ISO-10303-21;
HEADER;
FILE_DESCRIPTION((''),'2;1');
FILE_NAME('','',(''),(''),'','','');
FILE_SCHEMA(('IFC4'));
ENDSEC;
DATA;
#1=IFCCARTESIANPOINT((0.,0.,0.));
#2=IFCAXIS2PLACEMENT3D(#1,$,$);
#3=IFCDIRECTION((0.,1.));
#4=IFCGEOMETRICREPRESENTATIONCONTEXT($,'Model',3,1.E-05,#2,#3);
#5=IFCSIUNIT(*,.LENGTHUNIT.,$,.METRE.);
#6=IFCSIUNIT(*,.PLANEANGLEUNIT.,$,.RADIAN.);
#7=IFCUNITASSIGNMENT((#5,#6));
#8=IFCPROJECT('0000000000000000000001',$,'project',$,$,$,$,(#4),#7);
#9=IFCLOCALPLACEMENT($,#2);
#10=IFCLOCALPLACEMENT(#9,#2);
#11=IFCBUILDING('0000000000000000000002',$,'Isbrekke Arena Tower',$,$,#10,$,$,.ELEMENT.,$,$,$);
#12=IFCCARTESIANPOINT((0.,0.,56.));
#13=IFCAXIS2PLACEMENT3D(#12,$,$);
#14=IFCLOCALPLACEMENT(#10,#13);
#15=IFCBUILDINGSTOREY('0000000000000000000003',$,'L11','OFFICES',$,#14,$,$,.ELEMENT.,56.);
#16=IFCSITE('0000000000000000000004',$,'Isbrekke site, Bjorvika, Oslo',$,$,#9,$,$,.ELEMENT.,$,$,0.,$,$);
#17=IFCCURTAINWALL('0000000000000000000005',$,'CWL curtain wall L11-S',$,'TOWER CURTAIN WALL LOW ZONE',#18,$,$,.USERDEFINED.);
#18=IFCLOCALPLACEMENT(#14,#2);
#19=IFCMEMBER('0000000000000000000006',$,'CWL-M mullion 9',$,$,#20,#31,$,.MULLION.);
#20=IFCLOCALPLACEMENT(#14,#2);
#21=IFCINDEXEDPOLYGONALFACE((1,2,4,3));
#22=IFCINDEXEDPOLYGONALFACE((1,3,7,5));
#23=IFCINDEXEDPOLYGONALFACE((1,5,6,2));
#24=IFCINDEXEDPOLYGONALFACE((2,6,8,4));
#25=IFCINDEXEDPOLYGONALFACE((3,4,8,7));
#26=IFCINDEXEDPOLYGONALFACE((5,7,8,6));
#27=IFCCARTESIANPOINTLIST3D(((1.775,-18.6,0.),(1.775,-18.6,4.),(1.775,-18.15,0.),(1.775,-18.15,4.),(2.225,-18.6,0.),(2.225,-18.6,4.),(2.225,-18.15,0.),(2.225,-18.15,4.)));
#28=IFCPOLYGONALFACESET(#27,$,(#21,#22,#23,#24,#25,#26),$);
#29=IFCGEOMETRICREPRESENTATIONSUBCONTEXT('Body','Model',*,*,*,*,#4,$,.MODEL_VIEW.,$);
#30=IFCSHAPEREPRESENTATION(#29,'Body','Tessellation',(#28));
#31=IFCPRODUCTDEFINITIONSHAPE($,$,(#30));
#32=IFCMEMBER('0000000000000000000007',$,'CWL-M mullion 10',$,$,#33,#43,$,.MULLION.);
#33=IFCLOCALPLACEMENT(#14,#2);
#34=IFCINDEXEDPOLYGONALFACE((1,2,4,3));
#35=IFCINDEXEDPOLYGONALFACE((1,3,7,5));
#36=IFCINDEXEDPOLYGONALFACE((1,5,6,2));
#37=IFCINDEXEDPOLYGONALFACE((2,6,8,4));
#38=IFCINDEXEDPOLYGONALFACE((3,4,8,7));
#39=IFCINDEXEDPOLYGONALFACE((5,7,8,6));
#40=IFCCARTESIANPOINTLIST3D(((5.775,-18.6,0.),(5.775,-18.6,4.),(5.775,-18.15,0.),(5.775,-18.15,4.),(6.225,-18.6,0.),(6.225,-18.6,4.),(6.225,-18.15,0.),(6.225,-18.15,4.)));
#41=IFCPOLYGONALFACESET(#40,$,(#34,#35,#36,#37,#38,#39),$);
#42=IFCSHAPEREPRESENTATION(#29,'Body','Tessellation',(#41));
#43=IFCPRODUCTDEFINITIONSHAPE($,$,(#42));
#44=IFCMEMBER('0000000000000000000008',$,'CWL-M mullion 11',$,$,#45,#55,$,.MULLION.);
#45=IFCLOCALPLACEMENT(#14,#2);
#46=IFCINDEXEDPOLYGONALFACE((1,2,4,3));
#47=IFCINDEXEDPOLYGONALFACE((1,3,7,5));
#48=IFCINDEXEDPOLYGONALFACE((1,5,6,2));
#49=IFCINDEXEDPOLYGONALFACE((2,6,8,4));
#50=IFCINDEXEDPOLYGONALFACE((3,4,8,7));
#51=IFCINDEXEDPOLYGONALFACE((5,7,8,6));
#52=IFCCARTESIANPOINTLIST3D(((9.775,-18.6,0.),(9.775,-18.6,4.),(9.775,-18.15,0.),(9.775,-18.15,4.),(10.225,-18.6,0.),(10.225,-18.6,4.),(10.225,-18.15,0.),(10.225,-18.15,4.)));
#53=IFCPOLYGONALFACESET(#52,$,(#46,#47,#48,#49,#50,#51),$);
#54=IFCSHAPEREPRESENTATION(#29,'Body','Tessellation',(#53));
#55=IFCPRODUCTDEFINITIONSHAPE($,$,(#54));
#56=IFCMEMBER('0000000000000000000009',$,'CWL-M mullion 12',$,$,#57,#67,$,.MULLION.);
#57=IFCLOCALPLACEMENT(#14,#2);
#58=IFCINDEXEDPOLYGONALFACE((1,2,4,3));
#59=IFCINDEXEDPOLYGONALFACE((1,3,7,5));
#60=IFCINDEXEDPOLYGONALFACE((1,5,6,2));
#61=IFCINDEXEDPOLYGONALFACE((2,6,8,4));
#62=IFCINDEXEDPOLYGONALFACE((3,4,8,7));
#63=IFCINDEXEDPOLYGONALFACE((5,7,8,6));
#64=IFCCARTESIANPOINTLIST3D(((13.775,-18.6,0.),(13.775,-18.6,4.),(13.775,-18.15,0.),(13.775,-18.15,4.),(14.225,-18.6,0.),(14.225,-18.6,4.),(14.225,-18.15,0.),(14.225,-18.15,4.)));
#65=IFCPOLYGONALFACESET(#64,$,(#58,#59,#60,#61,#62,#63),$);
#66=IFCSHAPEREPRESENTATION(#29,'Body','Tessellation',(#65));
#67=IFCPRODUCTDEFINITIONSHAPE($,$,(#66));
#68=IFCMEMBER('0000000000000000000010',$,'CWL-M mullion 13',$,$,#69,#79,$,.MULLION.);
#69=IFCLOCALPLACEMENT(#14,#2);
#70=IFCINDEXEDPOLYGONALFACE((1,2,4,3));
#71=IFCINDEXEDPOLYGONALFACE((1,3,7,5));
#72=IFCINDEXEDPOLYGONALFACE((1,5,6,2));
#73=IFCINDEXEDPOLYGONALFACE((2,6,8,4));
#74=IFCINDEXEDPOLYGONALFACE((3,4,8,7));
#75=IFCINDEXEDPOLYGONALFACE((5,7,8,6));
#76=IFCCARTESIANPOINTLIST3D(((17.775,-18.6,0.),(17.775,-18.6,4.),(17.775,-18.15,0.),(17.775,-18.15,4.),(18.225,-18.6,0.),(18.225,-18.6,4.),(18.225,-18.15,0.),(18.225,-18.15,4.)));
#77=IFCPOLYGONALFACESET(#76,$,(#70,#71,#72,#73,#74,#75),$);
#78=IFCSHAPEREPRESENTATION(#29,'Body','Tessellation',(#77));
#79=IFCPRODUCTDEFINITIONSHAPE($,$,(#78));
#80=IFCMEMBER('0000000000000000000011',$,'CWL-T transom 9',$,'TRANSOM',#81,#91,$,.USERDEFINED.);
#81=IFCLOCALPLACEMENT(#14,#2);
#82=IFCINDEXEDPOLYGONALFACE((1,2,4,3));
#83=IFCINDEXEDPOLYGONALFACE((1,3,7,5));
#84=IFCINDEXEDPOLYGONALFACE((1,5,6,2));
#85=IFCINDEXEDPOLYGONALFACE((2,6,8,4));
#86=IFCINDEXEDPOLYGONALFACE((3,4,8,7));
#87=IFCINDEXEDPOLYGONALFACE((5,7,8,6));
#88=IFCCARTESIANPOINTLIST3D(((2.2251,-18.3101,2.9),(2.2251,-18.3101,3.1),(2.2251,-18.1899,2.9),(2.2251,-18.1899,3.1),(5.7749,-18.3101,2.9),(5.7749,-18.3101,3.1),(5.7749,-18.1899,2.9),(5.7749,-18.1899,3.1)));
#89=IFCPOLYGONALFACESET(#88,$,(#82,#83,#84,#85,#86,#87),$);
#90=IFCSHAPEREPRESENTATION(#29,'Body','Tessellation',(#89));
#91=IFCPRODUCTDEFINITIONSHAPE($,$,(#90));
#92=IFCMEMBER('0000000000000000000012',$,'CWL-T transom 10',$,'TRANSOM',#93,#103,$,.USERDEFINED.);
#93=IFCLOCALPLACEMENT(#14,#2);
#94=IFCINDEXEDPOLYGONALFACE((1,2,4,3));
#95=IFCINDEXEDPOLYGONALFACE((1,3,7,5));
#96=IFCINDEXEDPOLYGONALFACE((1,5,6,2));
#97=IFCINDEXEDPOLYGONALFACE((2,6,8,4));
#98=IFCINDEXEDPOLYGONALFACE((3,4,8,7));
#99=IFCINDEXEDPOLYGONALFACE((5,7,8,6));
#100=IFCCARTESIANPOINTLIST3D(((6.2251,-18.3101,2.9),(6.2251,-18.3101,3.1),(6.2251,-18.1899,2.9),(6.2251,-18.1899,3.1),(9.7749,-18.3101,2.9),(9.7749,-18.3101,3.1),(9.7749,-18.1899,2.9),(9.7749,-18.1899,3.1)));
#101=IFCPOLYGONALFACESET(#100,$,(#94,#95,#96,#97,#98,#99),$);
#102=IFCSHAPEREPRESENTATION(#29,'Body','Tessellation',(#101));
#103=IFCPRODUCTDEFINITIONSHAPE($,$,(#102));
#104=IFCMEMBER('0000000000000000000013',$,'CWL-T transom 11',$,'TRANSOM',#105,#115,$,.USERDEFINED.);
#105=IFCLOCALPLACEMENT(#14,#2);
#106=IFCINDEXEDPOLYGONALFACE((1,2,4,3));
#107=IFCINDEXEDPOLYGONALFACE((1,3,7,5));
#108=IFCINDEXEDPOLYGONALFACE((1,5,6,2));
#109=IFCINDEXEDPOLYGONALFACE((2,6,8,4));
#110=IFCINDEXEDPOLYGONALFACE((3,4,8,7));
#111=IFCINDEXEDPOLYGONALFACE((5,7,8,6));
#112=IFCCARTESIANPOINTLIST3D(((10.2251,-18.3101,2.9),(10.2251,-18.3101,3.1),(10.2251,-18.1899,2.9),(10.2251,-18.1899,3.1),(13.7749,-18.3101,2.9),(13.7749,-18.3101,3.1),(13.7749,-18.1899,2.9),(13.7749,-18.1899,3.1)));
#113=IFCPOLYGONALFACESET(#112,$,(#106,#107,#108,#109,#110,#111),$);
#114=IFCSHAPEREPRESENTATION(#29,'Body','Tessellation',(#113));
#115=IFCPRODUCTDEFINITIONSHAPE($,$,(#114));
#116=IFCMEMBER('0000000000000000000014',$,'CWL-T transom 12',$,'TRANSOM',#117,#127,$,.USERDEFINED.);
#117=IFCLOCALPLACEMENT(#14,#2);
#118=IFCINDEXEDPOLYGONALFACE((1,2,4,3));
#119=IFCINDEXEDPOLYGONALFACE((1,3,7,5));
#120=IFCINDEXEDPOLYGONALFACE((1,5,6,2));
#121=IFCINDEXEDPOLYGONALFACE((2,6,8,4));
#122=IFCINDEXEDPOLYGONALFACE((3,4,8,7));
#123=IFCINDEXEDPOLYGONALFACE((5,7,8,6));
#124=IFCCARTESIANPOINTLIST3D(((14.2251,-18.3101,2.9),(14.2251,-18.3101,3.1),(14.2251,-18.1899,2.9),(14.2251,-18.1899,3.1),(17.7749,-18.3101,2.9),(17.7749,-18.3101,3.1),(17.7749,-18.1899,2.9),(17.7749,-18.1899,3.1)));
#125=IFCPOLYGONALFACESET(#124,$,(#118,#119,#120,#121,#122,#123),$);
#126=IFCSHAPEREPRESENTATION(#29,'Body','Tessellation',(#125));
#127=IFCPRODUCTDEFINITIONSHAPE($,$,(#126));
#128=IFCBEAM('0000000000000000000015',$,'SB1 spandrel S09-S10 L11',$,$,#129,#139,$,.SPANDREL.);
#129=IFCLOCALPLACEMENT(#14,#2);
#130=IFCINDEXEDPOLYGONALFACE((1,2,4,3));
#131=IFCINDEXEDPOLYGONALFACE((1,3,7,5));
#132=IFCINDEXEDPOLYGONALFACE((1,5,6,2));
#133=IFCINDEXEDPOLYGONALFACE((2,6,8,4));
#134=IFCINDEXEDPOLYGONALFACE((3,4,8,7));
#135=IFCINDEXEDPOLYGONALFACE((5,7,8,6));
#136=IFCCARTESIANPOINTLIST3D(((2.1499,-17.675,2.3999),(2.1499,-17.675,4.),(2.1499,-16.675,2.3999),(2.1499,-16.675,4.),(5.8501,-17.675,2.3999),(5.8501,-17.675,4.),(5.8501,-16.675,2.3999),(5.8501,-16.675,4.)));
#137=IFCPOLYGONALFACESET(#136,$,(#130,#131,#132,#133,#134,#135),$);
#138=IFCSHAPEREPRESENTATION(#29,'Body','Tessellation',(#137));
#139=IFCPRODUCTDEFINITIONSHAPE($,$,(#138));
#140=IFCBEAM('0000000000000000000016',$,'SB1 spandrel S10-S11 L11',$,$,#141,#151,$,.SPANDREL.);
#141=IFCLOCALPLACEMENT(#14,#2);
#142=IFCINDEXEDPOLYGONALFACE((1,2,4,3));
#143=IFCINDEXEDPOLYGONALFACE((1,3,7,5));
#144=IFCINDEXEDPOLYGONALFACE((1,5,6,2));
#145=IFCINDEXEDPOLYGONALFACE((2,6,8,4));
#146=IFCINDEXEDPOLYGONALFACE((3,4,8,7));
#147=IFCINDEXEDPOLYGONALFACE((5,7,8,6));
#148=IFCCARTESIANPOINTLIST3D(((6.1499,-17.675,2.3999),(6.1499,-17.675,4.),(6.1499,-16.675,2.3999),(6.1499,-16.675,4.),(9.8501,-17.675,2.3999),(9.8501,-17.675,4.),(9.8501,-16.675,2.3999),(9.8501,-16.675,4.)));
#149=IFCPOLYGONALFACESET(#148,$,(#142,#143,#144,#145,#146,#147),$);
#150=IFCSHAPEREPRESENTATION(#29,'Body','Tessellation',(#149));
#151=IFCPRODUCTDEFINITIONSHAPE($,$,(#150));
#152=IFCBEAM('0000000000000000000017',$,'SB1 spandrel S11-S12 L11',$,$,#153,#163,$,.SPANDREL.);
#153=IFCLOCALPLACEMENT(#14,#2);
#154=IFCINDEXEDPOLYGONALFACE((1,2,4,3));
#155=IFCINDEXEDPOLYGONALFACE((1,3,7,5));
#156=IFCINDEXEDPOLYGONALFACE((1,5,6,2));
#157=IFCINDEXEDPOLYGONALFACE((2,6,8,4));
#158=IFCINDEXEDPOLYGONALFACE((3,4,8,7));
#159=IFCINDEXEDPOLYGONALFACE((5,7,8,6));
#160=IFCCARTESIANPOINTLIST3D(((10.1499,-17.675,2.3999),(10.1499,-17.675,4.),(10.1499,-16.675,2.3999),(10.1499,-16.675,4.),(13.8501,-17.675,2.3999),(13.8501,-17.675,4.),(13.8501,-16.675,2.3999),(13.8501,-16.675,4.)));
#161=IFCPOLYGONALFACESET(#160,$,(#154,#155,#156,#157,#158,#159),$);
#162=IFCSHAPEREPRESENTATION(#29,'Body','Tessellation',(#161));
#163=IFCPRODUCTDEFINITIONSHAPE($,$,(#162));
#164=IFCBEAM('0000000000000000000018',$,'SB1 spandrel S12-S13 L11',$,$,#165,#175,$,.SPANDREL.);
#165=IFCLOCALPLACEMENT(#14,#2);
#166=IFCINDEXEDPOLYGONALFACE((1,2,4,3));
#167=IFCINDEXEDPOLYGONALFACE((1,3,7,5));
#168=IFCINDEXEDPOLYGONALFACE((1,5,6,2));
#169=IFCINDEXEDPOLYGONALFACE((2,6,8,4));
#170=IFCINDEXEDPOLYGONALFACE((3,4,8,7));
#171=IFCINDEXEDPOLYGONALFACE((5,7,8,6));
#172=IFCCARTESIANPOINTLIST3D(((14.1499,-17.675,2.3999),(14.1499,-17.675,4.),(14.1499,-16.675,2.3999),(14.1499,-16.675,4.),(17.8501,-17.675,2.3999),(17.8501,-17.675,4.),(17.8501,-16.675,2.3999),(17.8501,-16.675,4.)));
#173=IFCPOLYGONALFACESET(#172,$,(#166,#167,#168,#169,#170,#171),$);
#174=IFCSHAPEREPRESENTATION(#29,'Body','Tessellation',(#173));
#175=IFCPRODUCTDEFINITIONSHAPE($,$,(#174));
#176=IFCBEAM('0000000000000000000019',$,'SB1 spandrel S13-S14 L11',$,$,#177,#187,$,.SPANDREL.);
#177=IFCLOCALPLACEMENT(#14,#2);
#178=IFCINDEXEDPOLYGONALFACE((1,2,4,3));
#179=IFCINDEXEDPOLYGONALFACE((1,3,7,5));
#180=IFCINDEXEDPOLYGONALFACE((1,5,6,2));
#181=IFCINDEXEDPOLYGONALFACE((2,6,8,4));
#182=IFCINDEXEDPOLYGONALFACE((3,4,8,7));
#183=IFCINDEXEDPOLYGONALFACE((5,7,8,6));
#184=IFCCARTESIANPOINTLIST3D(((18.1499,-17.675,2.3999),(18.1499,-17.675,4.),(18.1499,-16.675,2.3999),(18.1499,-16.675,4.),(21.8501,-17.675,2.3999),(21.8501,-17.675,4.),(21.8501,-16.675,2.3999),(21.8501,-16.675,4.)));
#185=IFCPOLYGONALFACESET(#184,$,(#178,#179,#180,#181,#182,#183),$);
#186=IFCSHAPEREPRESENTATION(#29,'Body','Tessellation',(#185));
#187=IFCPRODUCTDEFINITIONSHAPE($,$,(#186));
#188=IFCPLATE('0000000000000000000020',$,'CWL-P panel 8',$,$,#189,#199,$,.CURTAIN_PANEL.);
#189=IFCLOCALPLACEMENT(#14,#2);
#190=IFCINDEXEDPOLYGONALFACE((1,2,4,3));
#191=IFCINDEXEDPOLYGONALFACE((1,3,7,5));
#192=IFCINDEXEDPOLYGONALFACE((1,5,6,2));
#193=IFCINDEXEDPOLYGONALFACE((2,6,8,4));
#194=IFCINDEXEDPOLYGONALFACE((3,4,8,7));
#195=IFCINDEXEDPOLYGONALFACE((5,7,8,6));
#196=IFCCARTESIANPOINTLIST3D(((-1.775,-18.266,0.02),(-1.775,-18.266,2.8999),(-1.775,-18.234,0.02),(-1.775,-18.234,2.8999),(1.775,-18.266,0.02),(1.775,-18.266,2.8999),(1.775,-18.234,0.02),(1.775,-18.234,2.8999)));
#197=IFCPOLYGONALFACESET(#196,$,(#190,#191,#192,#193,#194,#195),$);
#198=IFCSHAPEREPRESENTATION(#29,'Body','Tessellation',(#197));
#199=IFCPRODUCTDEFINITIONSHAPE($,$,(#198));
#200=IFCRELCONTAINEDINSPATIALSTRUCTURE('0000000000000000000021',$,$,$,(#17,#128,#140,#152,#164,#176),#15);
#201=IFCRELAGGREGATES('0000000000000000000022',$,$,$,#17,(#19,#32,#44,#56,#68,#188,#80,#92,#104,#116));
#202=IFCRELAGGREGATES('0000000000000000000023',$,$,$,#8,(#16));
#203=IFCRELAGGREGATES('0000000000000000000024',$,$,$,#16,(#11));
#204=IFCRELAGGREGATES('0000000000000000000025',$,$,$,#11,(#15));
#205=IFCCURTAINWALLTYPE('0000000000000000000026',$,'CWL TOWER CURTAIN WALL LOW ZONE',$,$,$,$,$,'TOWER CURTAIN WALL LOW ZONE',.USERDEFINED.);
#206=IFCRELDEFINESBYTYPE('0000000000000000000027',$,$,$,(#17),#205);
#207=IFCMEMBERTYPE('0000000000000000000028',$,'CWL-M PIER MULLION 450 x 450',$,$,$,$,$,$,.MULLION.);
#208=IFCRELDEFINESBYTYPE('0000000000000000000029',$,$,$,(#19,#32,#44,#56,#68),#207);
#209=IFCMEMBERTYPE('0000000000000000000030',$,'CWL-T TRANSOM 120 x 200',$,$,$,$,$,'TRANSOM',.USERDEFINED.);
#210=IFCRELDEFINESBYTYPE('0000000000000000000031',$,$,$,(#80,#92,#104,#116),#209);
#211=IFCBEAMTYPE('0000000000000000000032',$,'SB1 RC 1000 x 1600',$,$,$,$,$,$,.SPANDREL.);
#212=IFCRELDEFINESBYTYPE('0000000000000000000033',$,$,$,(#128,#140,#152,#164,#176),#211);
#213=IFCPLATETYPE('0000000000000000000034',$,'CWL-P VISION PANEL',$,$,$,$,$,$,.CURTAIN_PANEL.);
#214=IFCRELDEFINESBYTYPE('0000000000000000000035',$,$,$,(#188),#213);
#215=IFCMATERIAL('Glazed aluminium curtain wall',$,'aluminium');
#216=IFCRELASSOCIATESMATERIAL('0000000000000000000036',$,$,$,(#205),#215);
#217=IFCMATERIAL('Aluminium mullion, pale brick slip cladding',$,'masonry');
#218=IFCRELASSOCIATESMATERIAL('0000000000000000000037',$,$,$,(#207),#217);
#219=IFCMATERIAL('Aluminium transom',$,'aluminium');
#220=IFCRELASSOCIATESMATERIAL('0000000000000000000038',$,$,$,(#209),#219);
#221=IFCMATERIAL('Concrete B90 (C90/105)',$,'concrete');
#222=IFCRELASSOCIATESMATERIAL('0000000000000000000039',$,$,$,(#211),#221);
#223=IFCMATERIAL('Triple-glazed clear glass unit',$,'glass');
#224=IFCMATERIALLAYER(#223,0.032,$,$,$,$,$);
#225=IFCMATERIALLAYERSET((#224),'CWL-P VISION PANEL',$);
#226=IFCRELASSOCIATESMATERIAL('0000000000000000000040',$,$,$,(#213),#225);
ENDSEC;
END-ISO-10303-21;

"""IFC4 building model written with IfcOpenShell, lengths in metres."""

from ifc_helpers import new_model, si_unit, direction, frame, origin, origin_2d, place, context, subcontext, project, spatial, rectangle, extrude, material, layer, layer_set, material_profile, profile_set, type_object, element, aggregate, save


model = new_model("IFC4")

# Units and contexts
model_context = context("Model", 3, precision=1e-05, world=origin(), true_north=direction((0.0, 1.0)))
body_context = subcontext(model_context, "Body", "Model", "MODEL_VIEW")
ifc_project = project(units=[si_unit("LENGTHUNIT", "METRE"), si_unit("PLANEANGLEUNIT", "RADIAN")], contexts=[model_context])

# Site, building, storey
site_placement = place(None, origin())
site = spatial("IfcSite", under=ifc_project, at=site_placement, Name="Isbrekke site, Bjorvika, Oslo", CompositionType="ELEMENT", RefElevation=0.0)
building_placement = place(site_placement, origin())
building = spatial("IfcBuilding", under=site, at=building_placement, Name="Isbrekke Arena Tower", CompositionType="ELEMENT")
storey_placement = place(building_placement, frame((0.0, 0.0, 56.0)))
storey = spatial("IfcBuildingStorey", under=building, at=storey_placement, Name="L11", Description="OFFICES", CompositionType="ELEMENT", Elevation=56.0)

# Curtain wall, members
ifc_material_1 = material(Name="Glazed aluminium curtain wall", Category="aluminium")
curtain_wall_type = type_object("IfcCurtainWallType", Name="CWL TOWER CURTAIN WALL LOW ZONE", ElementType="TOWER CURTAIN WALL LOW ZONE", PredefinedType="USERDEFINED", material=ifc_material_1)
curtain_wall_placement = place(storey_placement, origin())
curtain_wall = element("IfcCurtainWall", 1, at=curtain_wall_placement, inside=storey, type_object=curtain_wall_type, Name="CWL curtain wall L11-S", ObjectType="TOWER CURTAIN WALL LOW ZONE", PredefinedType="USERDEFINED")
ifc_material_2 = material(Name="Aluminium mullion, pale brick slip cladding", Category="masonry")
ifc_material_profile_1 = material_profile(ifc_material_2, rectangle(XDim=0.45, YDim=0.45, at=origin_2d()), Name="PIER 450X450")
ifc_profile_set_1 = profile_set([ifc_material_profile_1], Name="Aluminium mullion, pale brick slip cladding")
member_type_1 = type_object("IfcMemberType", Name="CWL-M PIER MULLION 450 x 450", PredefinedType="MULLION", material=ifc_profile_set_1)
member_1_placement = place(storey_placement, frame((2.0, -18.375, 0.0), z_axis=(0.0, 0.0, 1.0), x_axis=(1.0, 0.0, 0.0)))
member_1 = element("IfcMember", 2, at=member_1_placement, type_object=member_type_1, Name="CWL-M mullion 9", PredefinedType="MULLION", context=body_context, shape_type="SweptSolid", body=[
    extrude(rectangle(XDim=0.45, YDim=0.45, at=origin_2d()), origin(), (0.0, 0.0, 1.0), 4.0),
])
member_2_placement = place(storey_placement, frame((6.0, -18.375, 0.0), z_axis=(0.0, 0.0, 1.0), x_axis=(1.0, 0.0, 0.0)))
member_2 = element("IfcMember", 3, at=member_2_placement, type_object=member_type_1, Name="CWL-M mullion 10", PredefinedType="MULLION", context=body_context, shape_type="SweptSolid", body=[
    extrude(rectangle(XDim=0.45, YDim=0.45, at=origin_2d()), origin(), (0.0, 0.0, 1.0), 4.0),
])
member_3_placement = place(storey_placement, frame((10.0, -18.375, 0.0), z_axis=(0.0, 0.0, 1.0), x_axis=(1.0, 0.0, 0.0)))
member_3 = element("IfcMember", 4, at=member_3_placement, type_object=member_type_1, Name="CWL-M mullion 11", PredefinedType="MULLION", context=body_context, shape_type="SweptSolid", body=[
    extrude(rectangle(XDim=0.45, YDim=0.45, at=origin_2d()), origin(), (0.0, 0.0, 1.0), 4.0),
])
member_4_placement = place(storey_placement, frame((14.0, -18.375, 0.0), z_axis=(0.0, 0.0, 1.0), x_axis=(1.0, 0.0, 0.0)))
member_4 = element("IfcMember", 5, at=member_4_placement, type_object=member_type_1, Name="CWL-M mullion 12", PredefinedType="MULLION", context=body_context, shape_type="SweptSolid", body=[
    extrude(rectangle(XDim=0.45, YDim=0.45, at=origin_2d()), origin(), (0.0, 0.0, 1.0), 4.0),
])
member_5_placement = place(storey_placement, frame((18.0, -18.375, 0.0), z_axis=(0.0, 0.0, 1.0), x_axis=(1.0, 0.0, 0.0)))
member_5 = element("IfcMember", 6, at=member_5_placement, type_object=member_type_1, Name="CWL-M mullion 13", PredefinedType="MULLION", context=body_context, shape_type="SweptSolid", body=[
    extrude(rectangle(XDim=0.45, YDim=0.45, at=origin_2d()), origin(), (0.0, 0.0, 1.0), 4.0),
])
ifc_material_3 = material(Name="Aluminium transom", Category="aluminium")
ifc_material_profile_2 = material_profile(ifc_material_3, rectangle(XDim=0.1201, YDim=0.2, at=origin_2d()), Name="TRANSOM 120X200")
ifc_profile_set_2 = profile_set([ifc_material_profile_2], Name="Aluminium transom")
member_type_2 = type_object("IfcMemberType", Name="CWL-T TRANSOM 120 x 200", ElementType="TRANSOM", PredefinedType="USERDEFINED", material=ifc_profile_set_2)
member_6_placement = place(storey_placement, frame((2.2251, -18.25, 3.0), z_axis=(1.0, 0.0, 0.0), x_axis=(0.0, 1.0, 0.0)))
member_6 = element("IfcMember", 7, at=member_6_placement, type_object=member_type_2, Name="CWL-T transom 9", ObjectType="TRANSOM", PredefinedType="USERDEFINED", context=body_context, shape_type="SweptSolid", body=[
    extrude(rectangle(XDim=0.1201, YDim=0.2, at=origin_2d()), origin(), (0.0, 0.0, 1.0), 3.5498),
])
member_7_placement = place(storey_placement, frame((6.2251, -18.25, 3.0), z_axis=(1.0, 0.0, 0.0), x_axis=(0.0, 1.0, 0.0)))
member_7 = element("IfcMember", 8, at=member_7_placement, type_object=member_type_2, Name="CWL-T transom 10", ObjectType="TRANSOM", PredefinedType="USERDEFINED", context=body_context, shape_type="SweptSolid", body=[
    extrude(rectangle(XDim=0.1201, YDim=0.2, at=origin_2d()), origin(), (0.0, 0.0, 1.0), 3.5498),
])
member_8_placement = place(storey_placement, frame((10.2251, -18.25, 3.0), z_axis=(1.0, 0.0, 0.0), x_axis=(0.0, 1.0, 0.0)))
member_8 = element("IfcMember", 9, at=member_8_placement, type_object=member_type_2, Name="CWL-T transom 11", ObjectType="TRANSOM", PredefinedType="USERDEFINED", context=body_context, shape_type="SweptSolid", body=[
    extrude(rectangle(XDim=0.1201, YDim=0.2, at=origin_2d()), origin(), (0.0, 0.0, 1.0), 3.5498),
])
member_9_placement = place(storey_placement, frame((14.2251, -18.25, 3.0), z_axis=(1.0, 0.0, 0.0), x_axis=(0.0, 1.0, 0.0)))
member_9 = element("IfcMember", 10, at=member_9_placement, type_object=member_type_2, Name="CWL-T transom 12", ObjectType="TRANSOM", PredefinedType="USERDEFINED", context=body_context, shape_type="SweptSolid", body=[
    extrude(rectangle(XDim=0.1201, YDim=0.2, at=origin_2d()), origin(), (0.0, 0.0, 1.0), 3.5498),
])

# Beams
ifc_material_4 = material(Name="Concrete B90 (C90/105)", Category="concrete")
ifc_material_profile_3 = material_profile(ifc_material_4, rectangle(XDim=1.0, YDim=1.6001, at=origin_2d()), Name="RC 1000x1600")
ifc_profile_set_3 = profile_set([ifc_material_profile_3], Name="Concrete B90 (C90/105)")
beam_type_1 = type_object("IfcBeamType", Name="SB1 RC 1000 x 1600", PredefinedType="SPANDREL", material=ifc_profile_set_3)
for number, where, z_axis, x_axis, name in (
    (11, (2.1499, -17.175, 3.2), (1.0, 0.0, 0.0), (0.0, 1.0, 0.0), "SB1 spandrel S09-S10 L11"),
    (12, (6.1499, -17.175, 3.2), (1.0, 0.0, 0.0), (0.0, 1.0, 0.0), "SB1 spandrel S10-S11 L11"),
    (13, (10.1499, -17.175, 3.2), (1.0, 0.0, 0.0), (0.0, 1.0, 0.0), "SB1 spandrel S11-S12 L11"),
    (14, (14.1499, -17.175, 3.2), (1.0, 0.0, 0.0), (0.0, 1.0, 0.0), "SB1 spandrel S12-S13 L11"),
    (15, (18.1499, -17.175, 3.2), (1.0, 0.0, 0.0), (0.0, 1.0, 0.0), "SB1 spandrel S13-S14 L11"),
):
    element("IfcBeam", number, at=place(storey_placement, frame(where, z_axis=z_axis, x_axis=x_axis)), inside=storey, type_object=beam_type_1, Name=name, PredefinedType="SPANDREL", context=body_context, shape_type="SweptSolid", body=[
        extrude(rectangle(XDim=1.0, YDim=1.6001, at=origin_2d()), origin(), (0.0, 0.0, 1.0), 3.7002),
    ])

# Plate
ifc_material_5 = material(Name="Triple-glazed clear glass unit", Category="glass")
ifc_layer = layer(ifc_material_5, 0.032)
ifc_layer_set = layer_set([ifc_layer], Name="CWL-P VISION PANEL")
plate_type = type_object("IfcPlateType", Name="CWL-P VISION PANEL", PredefinedType="CURTAIN_PANEL", material=ifc_layer_set)
plate_1_placement = place(storey_placement, frame((0.0, -18.25, 0.02), z_axis=(0.0, 0.0, 1.0), x_axis=(1.0, 0.0, 0.0)))
plate_1 = element("IfcPlate", 16, at=plate_1_placement, type_object=plate_type, Name="CWL-P panel 8", PredefinedType="CURTAIN_PANEL", context=body_context, shape_type="SweptSolid", body=[
    extrude(rectangle(XDim=3.55, YDim=0.032, at=origin_2d()), origin(), (0.0, 0.0, 1.0), 2.8799),
])
aggregate(curtain_wall, [member_1, member_2, member_3, member_4, member_5, plate_1, member_6, member_7, member_8, member_9])

save(model, "model.ifc")
